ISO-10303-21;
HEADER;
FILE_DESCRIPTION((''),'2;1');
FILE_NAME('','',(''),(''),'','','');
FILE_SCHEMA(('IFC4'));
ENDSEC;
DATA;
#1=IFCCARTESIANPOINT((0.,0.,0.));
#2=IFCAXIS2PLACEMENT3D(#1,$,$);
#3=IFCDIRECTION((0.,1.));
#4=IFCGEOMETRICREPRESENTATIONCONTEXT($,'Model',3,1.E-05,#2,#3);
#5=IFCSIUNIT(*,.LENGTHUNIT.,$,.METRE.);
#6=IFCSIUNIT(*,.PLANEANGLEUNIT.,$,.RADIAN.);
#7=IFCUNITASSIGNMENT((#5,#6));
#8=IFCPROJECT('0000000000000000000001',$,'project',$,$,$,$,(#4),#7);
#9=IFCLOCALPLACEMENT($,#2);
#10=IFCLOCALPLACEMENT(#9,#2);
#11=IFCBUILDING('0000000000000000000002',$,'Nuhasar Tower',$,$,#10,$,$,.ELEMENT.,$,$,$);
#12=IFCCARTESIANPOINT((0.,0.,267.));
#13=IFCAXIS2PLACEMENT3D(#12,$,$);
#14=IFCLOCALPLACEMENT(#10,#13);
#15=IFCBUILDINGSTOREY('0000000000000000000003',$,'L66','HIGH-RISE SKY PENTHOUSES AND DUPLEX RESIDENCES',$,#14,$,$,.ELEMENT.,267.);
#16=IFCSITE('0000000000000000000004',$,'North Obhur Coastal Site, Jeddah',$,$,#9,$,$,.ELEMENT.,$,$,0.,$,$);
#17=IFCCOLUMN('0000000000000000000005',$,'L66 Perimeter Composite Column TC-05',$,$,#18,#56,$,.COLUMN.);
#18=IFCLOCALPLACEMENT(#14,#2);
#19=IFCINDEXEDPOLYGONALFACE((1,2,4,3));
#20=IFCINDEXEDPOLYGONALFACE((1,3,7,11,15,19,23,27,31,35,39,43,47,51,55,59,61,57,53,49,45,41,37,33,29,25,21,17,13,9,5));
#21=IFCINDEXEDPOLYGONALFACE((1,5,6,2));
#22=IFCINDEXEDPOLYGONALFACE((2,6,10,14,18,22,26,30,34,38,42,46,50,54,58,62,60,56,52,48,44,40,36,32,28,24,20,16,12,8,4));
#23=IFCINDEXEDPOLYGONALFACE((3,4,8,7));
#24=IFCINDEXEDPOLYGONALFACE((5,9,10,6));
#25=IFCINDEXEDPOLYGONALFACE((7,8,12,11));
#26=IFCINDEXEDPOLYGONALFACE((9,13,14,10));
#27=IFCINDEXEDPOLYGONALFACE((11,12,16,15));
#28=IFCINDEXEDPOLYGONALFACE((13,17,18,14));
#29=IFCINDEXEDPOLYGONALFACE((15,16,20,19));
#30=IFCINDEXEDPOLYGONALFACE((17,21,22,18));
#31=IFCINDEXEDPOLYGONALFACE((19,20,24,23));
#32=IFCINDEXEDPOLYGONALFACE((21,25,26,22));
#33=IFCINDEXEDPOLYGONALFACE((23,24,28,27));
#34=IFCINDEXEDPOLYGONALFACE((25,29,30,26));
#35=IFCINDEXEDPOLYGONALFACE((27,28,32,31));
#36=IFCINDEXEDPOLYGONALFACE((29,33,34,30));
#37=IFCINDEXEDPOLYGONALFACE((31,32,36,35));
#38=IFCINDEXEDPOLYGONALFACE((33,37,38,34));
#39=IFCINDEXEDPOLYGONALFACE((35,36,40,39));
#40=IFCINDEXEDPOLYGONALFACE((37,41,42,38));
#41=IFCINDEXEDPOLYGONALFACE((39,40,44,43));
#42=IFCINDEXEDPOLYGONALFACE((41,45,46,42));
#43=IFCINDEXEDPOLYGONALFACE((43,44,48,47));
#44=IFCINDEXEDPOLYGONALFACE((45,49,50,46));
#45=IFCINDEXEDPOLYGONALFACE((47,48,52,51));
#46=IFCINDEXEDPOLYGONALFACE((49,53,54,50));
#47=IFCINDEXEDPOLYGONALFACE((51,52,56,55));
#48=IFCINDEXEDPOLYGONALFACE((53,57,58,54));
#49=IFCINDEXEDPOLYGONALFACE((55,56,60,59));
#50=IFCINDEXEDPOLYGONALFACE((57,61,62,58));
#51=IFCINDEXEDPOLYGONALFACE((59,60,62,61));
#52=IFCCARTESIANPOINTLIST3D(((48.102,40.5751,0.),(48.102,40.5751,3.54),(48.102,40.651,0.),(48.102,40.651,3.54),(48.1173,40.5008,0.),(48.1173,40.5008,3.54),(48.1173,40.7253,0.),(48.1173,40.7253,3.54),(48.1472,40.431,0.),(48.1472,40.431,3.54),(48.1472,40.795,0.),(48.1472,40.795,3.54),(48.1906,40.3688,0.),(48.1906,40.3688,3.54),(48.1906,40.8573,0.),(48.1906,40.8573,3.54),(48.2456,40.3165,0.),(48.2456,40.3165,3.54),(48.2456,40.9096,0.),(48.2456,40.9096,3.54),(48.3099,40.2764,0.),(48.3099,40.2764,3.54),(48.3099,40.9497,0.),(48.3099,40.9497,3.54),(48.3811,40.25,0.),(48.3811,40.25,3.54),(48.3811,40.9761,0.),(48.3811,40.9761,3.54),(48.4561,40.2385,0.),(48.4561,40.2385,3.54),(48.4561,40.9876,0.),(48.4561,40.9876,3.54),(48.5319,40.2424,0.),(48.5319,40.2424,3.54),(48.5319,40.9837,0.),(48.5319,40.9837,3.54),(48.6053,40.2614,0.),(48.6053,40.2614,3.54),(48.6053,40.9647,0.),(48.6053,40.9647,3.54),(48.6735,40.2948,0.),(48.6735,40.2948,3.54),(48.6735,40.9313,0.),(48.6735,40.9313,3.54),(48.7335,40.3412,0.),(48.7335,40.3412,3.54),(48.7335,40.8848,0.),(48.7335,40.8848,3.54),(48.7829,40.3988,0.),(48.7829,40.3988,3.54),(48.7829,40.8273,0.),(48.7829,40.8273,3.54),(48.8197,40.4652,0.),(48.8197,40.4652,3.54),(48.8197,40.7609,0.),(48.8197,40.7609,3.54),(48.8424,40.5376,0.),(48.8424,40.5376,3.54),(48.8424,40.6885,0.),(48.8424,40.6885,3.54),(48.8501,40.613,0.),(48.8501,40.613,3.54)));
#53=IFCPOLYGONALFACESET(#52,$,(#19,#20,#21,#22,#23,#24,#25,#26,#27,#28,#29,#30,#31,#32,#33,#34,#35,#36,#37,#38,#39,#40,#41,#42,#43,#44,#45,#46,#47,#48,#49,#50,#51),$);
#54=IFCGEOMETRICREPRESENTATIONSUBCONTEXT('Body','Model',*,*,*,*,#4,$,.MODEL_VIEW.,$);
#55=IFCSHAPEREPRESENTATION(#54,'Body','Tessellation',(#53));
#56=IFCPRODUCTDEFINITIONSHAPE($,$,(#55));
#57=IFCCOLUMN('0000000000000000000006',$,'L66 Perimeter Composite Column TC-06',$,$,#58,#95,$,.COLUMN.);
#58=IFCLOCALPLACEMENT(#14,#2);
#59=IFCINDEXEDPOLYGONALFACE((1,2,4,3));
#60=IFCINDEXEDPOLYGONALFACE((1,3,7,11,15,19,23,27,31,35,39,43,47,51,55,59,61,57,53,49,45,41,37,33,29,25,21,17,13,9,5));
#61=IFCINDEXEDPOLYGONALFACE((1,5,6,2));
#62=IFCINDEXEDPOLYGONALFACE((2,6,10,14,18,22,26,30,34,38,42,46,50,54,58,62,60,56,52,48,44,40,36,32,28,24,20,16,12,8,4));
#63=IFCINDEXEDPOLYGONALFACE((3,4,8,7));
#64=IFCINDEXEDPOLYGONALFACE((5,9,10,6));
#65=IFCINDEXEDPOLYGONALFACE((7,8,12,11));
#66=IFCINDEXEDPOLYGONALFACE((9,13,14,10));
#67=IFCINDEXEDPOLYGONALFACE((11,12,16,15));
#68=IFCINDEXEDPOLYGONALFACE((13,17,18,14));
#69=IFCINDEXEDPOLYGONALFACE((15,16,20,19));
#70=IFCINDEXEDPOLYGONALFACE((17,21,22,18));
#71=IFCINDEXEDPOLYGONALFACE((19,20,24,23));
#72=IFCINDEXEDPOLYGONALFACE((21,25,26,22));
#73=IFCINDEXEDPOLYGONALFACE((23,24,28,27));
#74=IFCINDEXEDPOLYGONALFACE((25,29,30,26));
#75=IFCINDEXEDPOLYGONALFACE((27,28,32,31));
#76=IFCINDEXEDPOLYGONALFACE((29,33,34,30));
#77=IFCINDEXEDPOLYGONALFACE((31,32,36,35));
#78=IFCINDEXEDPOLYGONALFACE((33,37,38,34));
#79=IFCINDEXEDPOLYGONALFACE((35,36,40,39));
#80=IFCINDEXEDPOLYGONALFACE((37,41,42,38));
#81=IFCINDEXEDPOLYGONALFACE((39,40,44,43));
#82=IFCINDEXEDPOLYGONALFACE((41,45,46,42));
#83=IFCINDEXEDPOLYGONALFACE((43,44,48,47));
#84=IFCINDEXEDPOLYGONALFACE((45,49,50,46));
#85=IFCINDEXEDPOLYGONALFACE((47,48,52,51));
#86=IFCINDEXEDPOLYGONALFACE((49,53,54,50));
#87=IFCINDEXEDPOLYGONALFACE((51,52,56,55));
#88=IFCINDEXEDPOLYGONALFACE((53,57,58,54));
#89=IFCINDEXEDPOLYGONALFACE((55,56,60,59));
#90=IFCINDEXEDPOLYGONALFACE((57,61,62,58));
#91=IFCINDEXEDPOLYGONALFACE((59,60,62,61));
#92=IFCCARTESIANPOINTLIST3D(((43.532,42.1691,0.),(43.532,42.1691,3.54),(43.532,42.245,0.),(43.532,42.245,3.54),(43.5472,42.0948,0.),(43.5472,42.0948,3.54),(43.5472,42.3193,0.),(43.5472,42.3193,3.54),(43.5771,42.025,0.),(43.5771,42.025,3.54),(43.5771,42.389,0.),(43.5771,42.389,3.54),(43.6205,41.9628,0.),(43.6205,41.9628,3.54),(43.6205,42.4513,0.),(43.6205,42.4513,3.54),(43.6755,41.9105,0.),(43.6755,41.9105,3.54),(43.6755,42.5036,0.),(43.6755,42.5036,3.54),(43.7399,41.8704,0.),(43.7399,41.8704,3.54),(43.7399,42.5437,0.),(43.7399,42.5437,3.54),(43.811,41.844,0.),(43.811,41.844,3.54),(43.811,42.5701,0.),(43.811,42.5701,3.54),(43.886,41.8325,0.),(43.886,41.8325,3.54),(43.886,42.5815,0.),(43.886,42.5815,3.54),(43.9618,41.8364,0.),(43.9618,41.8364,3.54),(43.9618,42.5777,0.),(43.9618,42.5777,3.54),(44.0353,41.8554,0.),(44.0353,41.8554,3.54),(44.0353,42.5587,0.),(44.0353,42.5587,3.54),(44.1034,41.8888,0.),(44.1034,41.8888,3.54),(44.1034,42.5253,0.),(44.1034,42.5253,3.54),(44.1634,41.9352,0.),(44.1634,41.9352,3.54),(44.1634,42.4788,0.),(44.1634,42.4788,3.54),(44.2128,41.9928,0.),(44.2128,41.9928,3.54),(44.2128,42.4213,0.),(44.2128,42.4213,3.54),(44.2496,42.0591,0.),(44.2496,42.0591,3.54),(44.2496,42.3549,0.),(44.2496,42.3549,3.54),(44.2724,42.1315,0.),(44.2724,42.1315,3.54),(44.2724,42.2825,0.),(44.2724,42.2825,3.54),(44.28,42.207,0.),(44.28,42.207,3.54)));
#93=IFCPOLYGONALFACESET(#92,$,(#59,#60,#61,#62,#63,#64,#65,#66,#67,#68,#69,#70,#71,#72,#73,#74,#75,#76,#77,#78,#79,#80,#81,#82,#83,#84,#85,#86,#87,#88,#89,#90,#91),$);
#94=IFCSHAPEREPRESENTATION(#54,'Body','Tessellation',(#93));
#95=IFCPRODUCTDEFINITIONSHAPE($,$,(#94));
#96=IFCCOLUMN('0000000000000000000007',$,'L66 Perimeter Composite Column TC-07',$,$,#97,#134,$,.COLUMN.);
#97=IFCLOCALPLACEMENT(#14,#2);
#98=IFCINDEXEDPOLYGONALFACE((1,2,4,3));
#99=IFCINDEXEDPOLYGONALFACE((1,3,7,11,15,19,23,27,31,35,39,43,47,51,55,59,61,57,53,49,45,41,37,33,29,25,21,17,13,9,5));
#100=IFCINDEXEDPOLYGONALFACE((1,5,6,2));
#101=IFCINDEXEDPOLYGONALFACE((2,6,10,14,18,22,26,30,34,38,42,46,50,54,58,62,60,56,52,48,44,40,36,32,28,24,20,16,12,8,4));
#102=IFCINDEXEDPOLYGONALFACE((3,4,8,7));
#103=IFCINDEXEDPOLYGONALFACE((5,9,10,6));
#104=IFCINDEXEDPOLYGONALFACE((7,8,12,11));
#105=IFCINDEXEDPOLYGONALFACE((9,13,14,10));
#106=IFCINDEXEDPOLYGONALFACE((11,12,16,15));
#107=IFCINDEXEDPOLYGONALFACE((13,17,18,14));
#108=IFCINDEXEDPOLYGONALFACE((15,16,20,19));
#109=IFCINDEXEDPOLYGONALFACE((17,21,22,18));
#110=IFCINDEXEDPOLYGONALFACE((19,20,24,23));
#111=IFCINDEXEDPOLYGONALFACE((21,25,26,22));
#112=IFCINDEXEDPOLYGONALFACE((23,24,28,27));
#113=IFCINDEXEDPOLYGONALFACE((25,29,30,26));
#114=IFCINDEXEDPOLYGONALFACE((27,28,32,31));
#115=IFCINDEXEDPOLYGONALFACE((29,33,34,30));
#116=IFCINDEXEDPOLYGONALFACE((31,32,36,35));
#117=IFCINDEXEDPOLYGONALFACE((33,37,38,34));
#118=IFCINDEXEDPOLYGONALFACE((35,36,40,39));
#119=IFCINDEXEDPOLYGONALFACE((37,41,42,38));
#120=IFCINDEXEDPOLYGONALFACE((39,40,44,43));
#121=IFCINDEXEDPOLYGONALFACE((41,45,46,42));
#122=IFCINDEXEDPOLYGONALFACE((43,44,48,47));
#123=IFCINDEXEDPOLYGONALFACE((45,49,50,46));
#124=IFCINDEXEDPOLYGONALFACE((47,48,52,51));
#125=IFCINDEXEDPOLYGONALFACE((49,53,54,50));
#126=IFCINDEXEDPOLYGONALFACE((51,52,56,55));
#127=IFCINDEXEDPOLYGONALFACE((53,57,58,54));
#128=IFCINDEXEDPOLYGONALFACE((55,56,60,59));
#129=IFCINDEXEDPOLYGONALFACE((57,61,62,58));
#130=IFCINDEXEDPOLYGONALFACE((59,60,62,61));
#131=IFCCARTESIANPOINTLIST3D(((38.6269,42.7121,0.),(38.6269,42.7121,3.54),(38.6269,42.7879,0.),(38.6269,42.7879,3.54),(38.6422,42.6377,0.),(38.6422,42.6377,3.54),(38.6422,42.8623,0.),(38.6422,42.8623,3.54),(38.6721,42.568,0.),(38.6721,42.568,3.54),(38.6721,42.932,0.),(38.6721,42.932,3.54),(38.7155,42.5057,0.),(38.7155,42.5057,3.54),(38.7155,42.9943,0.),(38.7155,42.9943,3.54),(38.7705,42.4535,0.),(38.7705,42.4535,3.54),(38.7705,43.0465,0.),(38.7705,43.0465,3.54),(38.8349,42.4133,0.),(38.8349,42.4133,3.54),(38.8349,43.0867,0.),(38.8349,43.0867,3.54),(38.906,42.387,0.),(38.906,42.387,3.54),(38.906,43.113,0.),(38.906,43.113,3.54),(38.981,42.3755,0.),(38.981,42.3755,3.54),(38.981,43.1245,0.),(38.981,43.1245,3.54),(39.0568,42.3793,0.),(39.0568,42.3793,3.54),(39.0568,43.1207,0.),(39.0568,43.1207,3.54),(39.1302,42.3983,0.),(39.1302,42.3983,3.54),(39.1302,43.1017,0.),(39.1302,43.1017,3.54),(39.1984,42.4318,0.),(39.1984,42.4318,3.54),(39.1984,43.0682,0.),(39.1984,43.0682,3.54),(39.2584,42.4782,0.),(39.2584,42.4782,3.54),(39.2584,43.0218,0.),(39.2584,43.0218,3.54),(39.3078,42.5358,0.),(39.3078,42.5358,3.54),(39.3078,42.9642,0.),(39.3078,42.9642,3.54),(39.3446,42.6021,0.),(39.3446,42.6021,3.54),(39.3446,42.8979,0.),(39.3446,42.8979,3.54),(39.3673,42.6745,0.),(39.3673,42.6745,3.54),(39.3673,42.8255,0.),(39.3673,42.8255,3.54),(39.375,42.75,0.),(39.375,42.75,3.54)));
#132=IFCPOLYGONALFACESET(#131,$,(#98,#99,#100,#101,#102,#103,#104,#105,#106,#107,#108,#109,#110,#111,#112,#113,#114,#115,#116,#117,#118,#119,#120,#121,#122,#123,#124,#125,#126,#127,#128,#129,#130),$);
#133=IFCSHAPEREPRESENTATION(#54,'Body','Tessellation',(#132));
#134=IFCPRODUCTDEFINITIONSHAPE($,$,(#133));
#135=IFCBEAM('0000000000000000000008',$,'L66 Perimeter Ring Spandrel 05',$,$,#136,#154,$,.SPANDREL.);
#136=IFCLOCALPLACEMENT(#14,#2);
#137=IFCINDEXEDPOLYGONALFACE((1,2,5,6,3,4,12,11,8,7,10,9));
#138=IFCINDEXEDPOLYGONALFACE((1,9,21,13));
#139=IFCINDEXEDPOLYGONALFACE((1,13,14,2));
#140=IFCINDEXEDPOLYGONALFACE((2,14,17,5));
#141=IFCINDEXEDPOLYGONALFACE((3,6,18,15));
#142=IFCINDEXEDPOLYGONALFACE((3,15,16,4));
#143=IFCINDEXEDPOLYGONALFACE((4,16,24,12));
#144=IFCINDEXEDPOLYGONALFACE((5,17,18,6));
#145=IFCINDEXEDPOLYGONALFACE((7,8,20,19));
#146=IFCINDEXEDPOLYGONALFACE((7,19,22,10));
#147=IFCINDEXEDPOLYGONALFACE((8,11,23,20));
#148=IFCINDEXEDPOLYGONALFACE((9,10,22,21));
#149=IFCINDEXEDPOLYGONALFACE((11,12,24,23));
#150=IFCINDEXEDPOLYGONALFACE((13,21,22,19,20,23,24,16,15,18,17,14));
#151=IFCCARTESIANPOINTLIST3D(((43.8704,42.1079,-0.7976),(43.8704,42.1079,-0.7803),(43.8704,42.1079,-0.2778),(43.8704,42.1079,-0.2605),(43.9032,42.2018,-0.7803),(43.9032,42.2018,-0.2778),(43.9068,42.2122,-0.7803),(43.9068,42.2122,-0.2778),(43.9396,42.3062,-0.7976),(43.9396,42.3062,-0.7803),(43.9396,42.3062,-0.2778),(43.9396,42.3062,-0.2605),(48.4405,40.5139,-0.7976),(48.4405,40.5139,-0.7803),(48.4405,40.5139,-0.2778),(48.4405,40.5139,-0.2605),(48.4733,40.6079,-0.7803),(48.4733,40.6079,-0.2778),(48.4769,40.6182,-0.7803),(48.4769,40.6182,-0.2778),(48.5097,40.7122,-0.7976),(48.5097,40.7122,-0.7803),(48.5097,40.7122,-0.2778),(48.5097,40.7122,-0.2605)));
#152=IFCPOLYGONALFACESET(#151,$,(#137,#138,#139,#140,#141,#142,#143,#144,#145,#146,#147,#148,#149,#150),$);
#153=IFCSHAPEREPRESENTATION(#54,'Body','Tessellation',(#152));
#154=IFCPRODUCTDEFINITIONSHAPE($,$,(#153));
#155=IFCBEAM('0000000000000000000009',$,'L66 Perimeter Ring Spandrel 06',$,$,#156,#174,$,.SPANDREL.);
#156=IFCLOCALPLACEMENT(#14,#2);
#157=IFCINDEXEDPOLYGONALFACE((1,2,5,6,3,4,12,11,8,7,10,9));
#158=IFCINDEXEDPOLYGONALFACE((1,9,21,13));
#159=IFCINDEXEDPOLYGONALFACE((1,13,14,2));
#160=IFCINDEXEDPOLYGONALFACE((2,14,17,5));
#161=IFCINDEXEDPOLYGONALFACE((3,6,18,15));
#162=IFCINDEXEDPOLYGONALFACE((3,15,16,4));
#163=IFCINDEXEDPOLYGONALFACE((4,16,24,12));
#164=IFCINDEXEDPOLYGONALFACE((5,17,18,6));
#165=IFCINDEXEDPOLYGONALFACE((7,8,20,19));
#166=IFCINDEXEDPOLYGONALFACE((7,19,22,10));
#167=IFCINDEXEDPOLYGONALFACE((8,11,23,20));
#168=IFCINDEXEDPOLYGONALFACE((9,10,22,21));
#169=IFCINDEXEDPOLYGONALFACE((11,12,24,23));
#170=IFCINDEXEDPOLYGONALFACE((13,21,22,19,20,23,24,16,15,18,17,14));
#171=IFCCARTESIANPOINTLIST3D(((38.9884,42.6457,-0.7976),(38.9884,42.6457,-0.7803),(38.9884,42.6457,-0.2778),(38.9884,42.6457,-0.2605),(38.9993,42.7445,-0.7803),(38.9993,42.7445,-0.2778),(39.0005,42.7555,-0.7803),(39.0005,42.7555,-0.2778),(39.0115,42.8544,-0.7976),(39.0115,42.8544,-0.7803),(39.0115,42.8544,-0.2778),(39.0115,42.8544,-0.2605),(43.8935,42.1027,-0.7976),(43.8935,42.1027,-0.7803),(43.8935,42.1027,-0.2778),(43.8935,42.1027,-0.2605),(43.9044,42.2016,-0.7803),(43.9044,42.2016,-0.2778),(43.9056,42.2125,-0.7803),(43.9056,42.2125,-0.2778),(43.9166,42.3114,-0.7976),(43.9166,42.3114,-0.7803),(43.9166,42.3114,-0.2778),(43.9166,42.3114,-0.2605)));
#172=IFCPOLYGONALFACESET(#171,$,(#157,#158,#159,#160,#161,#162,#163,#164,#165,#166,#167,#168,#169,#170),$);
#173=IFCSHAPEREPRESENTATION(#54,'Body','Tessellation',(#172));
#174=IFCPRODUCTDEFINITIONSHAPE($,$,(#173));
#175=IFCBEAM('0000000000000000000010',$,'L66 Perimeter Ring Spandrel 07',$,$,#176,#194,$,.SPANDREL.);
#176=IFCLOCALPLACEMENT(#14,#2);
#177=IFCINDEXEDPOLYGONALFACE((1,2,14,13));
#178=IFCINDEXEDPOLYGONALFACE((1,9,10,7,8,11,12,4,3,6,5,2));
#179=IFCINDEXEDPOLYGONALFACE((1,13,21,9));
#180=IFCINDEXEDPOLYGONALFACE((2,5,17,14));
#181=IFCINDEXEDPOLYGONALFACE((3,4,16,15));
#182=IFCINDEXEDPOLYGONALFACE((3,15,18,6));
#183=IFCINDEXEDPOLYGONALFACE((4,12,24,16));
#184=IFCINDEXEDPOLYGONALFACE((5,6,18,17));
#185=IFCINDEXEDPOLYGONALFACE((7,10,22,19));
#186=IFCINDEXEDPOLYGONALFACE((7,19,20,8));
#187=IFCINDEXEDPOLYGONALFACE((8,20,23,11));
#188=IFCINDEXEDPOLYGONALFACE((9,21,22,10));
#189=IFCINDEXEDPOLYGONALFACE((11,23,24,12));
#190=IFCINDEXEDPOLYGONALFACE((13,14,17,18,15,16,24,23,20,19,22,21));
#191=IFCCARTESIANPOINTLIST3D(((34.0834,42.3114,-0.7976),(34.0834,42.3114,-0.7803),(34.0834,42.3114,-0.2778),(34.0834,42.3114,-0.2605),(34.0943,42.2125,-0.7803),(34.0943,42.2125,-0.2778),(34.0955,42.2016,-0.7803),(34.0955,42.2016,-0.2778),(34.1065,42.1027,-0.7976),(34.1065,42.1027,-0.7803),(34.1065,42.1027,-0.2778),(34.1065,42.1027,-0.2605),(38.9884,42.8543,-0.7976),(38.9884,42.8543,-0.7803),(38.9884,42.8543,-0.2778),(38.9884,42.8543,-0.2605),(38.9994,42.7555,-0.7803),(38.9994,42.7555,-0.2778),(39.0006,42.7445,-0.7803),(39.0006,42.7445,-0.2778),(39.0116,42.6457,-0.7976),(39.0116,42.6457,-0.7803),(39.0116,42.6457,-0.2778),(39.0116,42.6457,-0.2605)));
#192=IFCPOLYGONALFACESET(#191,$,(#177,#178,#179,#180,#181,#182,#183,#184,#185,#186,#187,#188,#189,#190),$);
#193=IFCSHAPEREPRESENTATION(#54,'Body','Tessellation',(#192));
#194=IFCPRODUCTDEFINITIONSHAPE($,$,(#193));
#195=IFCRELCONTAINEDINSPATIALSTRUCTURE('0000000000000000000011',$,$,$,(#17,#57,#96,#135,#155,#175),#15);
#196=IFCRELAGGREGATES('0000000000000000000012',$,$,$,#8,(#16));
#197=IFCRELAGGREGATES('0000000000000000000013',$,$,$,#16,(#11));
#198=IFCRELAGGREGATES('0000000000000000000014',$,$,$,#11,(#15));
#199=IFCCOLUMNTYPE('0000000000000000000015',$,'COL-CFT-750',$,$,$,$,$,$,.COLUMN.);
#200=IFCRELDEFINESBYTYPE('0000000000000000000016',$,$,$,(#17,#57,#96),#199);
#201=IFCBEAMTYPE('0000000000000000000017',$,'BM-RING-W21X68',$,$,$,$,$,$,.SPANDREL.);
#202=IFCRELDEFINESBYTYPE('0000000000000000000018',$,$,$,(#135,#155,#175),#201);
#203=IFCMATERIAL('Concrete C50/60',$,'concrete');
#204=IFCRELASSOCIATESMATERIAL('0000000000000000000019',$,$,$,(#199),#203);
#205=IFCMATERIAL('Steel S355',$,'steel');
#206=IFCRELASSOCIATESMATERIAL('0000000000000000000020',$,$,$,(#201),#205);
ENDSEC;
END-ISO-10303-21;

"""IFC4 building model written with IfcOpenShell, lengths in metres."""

from ifc_helpers import new_model, si_unit, direction, frame, origin, origin_2d, place, context, subcontext, project, spatial, circle, i_section, extrude, material, material_profile, profile_set, type_object, element, save


model = new_model("IFC4")

# Units and contexts
model_context = context("Model", 3, precision=1e-05, world=origin(), true_north=direction((0.0, 1.0)))
body_context = subcontext(model_context, "Body", "Model", "MODEL_VIEW")
ifc_project = project(units=[si_unit("LENGTHUNIT", "METRE"), si_unit("PLANEANGLEUNIT", "RADIAN")], contexts=[model_context])

# Site, building, storey
site_placement = place(None, origin())
site = spatial("IfcSite", under=ifc_project, at=site_placement, Name="North Obhur Coastal Site, Jeddah", CompositionType="ELEMENT", RefElevation=0.0)
building_placement = place(site_placement, origin())
building = spatial("IfcBuilding", under=site, at=building_placement, Name="Nuhasar Tower", CompositionType="ELEMENT")
storey_placement = place(building_placement, frame((0.0, 0.0, 267.0)))
storey = spatial("IfcBuildingStorey", under=building, at=storey_placement, Name="L66", Description="HIGH-RISE SKY PENTHOUSES AND DUPLEX RESIDENCES", CompositionType="ELEMENT", Elevation=267.0)

# Columns
ifc_material_1 = material(Name="Concrete C50/60", Category="concrete")
ifc_material_profile_1 = material_profile(ifc_material_1, circle(Radius=0.375, at=origin_2d()), Name="CFT750")
ifc_profile_set_1 = profile_set([ifc_material_profile_1], Name="Concrete C50/60")
column_type = type_object("IfcColumnType", Name="COL-CFT-750", PredefinedType="COLUMN", material=ifc_profile_set_1)
for number, where, z_axis, x_axis, name in (
    (1, (48.4751, 40.613, 0.0), (0.0, 0.0, 1.0), (1.0, 0.0, 0.0), "L66 Perimeter Composite Column TC-05"),
    (2, (43.905, 42.207, 0.0), (0.0, 0.0, 1.0), (1.0, 0.0, 0.0), "L66 Perimeter Composite Column TC-06"),
    (3, (39.0, 42.75, 0.0), (0.0, 0.0, 1.0), (1.0, 0.0, 0.0), "L66 Perimeter Composite Column TC-07"),
):
    element("IfcColumn", number, at=place(storey_placement, frame(where, z_axis=z_axis, x_axis=x_axis)), inside=storey, type_object=column_type, Name=name, PredefinedType="COLUMN", context=body_context, shape_type="SweptSolid", body=[
        extrude(circle(Radius=0.375, at=origin_2d()), origin(), (0.0, 0.0, 1.0), 3.54),
    ])

# Beams
ifc_material_2 = material(Name="Steel S355", Category="steel")
ifc_material_profile_2 = material_profile(ifc_material_2, i_section(OverallWidth=0.21, OverallDepth=0.5371, WebThickness=0.011, FlangeThickness=0.0173, at=origin_2d()), Name="W21X68")
ifc_profile_set_2 = profile_set([ifc_material_profile_2], Name="Steel S355")
beam_type_1 = type_object("IfcBeamType", Name="BM-RING-W21X68", PredefinedType="SPANDREL", material=ifc_profile_set_2)
beam_1_placement = place(storey_placement, frame((48.4751, 40.613, -0.5291), z_axis=(-0.944214, 0.329332, 0.0), x_axis=(-0.329332, -0.944214, 0.0)))
element("IfcBeam", 4, at=beam_1_placement, inside=storey, type_object=beam_type_1, Name="L66 Perimeter Ring Spandrel 05", PredefinedType="SPANDREL", context=body_context, shape_type="SweptSolid", body=[
    extrude(i_section(OverallWidth=0.21, OverallDepth=0.5371, WebThickness=0.011, FlangeThickness=0.0173, at=origin_2d()), origin(), (0.0, 0.0, 1.0), 4.8401),
])
for number, where, z_axis, x_axis, name in (
    (5, (43.905, 42.207, -0.5291), (-0.993929, 0.110024, 0.0), (-0.110024, -0.993929, 0.0), "L66 Perimeter Ring Spandrel 06"),
    (6, (39.0, 42.75, -0.5291), (-0.993929, -0.110024, 0.0), (0.110024, -0.993929, 0.0), "L66 Perimeter Ring Spandrel 07"),
):
    element("IfcBeam", number, at=place(storey_placement, frame(where, z_axis=z_axis, x_axis=x_axis)), inside=storey, type_object=beam_type_1, Name=name, PredefinedType="SPANDREL", context=body_context, shape_type="SweptSolid", body=[
        extrude(i_section(OverallWidth=0.21, OverallDepth=0.5371, WebThickness=0.011, FlangeThickness=0.0173, at=origin_2d()), origin(), (0.0, 0.0, 1.0), 4.9351),
    ])

save(model, "model.ifc")
